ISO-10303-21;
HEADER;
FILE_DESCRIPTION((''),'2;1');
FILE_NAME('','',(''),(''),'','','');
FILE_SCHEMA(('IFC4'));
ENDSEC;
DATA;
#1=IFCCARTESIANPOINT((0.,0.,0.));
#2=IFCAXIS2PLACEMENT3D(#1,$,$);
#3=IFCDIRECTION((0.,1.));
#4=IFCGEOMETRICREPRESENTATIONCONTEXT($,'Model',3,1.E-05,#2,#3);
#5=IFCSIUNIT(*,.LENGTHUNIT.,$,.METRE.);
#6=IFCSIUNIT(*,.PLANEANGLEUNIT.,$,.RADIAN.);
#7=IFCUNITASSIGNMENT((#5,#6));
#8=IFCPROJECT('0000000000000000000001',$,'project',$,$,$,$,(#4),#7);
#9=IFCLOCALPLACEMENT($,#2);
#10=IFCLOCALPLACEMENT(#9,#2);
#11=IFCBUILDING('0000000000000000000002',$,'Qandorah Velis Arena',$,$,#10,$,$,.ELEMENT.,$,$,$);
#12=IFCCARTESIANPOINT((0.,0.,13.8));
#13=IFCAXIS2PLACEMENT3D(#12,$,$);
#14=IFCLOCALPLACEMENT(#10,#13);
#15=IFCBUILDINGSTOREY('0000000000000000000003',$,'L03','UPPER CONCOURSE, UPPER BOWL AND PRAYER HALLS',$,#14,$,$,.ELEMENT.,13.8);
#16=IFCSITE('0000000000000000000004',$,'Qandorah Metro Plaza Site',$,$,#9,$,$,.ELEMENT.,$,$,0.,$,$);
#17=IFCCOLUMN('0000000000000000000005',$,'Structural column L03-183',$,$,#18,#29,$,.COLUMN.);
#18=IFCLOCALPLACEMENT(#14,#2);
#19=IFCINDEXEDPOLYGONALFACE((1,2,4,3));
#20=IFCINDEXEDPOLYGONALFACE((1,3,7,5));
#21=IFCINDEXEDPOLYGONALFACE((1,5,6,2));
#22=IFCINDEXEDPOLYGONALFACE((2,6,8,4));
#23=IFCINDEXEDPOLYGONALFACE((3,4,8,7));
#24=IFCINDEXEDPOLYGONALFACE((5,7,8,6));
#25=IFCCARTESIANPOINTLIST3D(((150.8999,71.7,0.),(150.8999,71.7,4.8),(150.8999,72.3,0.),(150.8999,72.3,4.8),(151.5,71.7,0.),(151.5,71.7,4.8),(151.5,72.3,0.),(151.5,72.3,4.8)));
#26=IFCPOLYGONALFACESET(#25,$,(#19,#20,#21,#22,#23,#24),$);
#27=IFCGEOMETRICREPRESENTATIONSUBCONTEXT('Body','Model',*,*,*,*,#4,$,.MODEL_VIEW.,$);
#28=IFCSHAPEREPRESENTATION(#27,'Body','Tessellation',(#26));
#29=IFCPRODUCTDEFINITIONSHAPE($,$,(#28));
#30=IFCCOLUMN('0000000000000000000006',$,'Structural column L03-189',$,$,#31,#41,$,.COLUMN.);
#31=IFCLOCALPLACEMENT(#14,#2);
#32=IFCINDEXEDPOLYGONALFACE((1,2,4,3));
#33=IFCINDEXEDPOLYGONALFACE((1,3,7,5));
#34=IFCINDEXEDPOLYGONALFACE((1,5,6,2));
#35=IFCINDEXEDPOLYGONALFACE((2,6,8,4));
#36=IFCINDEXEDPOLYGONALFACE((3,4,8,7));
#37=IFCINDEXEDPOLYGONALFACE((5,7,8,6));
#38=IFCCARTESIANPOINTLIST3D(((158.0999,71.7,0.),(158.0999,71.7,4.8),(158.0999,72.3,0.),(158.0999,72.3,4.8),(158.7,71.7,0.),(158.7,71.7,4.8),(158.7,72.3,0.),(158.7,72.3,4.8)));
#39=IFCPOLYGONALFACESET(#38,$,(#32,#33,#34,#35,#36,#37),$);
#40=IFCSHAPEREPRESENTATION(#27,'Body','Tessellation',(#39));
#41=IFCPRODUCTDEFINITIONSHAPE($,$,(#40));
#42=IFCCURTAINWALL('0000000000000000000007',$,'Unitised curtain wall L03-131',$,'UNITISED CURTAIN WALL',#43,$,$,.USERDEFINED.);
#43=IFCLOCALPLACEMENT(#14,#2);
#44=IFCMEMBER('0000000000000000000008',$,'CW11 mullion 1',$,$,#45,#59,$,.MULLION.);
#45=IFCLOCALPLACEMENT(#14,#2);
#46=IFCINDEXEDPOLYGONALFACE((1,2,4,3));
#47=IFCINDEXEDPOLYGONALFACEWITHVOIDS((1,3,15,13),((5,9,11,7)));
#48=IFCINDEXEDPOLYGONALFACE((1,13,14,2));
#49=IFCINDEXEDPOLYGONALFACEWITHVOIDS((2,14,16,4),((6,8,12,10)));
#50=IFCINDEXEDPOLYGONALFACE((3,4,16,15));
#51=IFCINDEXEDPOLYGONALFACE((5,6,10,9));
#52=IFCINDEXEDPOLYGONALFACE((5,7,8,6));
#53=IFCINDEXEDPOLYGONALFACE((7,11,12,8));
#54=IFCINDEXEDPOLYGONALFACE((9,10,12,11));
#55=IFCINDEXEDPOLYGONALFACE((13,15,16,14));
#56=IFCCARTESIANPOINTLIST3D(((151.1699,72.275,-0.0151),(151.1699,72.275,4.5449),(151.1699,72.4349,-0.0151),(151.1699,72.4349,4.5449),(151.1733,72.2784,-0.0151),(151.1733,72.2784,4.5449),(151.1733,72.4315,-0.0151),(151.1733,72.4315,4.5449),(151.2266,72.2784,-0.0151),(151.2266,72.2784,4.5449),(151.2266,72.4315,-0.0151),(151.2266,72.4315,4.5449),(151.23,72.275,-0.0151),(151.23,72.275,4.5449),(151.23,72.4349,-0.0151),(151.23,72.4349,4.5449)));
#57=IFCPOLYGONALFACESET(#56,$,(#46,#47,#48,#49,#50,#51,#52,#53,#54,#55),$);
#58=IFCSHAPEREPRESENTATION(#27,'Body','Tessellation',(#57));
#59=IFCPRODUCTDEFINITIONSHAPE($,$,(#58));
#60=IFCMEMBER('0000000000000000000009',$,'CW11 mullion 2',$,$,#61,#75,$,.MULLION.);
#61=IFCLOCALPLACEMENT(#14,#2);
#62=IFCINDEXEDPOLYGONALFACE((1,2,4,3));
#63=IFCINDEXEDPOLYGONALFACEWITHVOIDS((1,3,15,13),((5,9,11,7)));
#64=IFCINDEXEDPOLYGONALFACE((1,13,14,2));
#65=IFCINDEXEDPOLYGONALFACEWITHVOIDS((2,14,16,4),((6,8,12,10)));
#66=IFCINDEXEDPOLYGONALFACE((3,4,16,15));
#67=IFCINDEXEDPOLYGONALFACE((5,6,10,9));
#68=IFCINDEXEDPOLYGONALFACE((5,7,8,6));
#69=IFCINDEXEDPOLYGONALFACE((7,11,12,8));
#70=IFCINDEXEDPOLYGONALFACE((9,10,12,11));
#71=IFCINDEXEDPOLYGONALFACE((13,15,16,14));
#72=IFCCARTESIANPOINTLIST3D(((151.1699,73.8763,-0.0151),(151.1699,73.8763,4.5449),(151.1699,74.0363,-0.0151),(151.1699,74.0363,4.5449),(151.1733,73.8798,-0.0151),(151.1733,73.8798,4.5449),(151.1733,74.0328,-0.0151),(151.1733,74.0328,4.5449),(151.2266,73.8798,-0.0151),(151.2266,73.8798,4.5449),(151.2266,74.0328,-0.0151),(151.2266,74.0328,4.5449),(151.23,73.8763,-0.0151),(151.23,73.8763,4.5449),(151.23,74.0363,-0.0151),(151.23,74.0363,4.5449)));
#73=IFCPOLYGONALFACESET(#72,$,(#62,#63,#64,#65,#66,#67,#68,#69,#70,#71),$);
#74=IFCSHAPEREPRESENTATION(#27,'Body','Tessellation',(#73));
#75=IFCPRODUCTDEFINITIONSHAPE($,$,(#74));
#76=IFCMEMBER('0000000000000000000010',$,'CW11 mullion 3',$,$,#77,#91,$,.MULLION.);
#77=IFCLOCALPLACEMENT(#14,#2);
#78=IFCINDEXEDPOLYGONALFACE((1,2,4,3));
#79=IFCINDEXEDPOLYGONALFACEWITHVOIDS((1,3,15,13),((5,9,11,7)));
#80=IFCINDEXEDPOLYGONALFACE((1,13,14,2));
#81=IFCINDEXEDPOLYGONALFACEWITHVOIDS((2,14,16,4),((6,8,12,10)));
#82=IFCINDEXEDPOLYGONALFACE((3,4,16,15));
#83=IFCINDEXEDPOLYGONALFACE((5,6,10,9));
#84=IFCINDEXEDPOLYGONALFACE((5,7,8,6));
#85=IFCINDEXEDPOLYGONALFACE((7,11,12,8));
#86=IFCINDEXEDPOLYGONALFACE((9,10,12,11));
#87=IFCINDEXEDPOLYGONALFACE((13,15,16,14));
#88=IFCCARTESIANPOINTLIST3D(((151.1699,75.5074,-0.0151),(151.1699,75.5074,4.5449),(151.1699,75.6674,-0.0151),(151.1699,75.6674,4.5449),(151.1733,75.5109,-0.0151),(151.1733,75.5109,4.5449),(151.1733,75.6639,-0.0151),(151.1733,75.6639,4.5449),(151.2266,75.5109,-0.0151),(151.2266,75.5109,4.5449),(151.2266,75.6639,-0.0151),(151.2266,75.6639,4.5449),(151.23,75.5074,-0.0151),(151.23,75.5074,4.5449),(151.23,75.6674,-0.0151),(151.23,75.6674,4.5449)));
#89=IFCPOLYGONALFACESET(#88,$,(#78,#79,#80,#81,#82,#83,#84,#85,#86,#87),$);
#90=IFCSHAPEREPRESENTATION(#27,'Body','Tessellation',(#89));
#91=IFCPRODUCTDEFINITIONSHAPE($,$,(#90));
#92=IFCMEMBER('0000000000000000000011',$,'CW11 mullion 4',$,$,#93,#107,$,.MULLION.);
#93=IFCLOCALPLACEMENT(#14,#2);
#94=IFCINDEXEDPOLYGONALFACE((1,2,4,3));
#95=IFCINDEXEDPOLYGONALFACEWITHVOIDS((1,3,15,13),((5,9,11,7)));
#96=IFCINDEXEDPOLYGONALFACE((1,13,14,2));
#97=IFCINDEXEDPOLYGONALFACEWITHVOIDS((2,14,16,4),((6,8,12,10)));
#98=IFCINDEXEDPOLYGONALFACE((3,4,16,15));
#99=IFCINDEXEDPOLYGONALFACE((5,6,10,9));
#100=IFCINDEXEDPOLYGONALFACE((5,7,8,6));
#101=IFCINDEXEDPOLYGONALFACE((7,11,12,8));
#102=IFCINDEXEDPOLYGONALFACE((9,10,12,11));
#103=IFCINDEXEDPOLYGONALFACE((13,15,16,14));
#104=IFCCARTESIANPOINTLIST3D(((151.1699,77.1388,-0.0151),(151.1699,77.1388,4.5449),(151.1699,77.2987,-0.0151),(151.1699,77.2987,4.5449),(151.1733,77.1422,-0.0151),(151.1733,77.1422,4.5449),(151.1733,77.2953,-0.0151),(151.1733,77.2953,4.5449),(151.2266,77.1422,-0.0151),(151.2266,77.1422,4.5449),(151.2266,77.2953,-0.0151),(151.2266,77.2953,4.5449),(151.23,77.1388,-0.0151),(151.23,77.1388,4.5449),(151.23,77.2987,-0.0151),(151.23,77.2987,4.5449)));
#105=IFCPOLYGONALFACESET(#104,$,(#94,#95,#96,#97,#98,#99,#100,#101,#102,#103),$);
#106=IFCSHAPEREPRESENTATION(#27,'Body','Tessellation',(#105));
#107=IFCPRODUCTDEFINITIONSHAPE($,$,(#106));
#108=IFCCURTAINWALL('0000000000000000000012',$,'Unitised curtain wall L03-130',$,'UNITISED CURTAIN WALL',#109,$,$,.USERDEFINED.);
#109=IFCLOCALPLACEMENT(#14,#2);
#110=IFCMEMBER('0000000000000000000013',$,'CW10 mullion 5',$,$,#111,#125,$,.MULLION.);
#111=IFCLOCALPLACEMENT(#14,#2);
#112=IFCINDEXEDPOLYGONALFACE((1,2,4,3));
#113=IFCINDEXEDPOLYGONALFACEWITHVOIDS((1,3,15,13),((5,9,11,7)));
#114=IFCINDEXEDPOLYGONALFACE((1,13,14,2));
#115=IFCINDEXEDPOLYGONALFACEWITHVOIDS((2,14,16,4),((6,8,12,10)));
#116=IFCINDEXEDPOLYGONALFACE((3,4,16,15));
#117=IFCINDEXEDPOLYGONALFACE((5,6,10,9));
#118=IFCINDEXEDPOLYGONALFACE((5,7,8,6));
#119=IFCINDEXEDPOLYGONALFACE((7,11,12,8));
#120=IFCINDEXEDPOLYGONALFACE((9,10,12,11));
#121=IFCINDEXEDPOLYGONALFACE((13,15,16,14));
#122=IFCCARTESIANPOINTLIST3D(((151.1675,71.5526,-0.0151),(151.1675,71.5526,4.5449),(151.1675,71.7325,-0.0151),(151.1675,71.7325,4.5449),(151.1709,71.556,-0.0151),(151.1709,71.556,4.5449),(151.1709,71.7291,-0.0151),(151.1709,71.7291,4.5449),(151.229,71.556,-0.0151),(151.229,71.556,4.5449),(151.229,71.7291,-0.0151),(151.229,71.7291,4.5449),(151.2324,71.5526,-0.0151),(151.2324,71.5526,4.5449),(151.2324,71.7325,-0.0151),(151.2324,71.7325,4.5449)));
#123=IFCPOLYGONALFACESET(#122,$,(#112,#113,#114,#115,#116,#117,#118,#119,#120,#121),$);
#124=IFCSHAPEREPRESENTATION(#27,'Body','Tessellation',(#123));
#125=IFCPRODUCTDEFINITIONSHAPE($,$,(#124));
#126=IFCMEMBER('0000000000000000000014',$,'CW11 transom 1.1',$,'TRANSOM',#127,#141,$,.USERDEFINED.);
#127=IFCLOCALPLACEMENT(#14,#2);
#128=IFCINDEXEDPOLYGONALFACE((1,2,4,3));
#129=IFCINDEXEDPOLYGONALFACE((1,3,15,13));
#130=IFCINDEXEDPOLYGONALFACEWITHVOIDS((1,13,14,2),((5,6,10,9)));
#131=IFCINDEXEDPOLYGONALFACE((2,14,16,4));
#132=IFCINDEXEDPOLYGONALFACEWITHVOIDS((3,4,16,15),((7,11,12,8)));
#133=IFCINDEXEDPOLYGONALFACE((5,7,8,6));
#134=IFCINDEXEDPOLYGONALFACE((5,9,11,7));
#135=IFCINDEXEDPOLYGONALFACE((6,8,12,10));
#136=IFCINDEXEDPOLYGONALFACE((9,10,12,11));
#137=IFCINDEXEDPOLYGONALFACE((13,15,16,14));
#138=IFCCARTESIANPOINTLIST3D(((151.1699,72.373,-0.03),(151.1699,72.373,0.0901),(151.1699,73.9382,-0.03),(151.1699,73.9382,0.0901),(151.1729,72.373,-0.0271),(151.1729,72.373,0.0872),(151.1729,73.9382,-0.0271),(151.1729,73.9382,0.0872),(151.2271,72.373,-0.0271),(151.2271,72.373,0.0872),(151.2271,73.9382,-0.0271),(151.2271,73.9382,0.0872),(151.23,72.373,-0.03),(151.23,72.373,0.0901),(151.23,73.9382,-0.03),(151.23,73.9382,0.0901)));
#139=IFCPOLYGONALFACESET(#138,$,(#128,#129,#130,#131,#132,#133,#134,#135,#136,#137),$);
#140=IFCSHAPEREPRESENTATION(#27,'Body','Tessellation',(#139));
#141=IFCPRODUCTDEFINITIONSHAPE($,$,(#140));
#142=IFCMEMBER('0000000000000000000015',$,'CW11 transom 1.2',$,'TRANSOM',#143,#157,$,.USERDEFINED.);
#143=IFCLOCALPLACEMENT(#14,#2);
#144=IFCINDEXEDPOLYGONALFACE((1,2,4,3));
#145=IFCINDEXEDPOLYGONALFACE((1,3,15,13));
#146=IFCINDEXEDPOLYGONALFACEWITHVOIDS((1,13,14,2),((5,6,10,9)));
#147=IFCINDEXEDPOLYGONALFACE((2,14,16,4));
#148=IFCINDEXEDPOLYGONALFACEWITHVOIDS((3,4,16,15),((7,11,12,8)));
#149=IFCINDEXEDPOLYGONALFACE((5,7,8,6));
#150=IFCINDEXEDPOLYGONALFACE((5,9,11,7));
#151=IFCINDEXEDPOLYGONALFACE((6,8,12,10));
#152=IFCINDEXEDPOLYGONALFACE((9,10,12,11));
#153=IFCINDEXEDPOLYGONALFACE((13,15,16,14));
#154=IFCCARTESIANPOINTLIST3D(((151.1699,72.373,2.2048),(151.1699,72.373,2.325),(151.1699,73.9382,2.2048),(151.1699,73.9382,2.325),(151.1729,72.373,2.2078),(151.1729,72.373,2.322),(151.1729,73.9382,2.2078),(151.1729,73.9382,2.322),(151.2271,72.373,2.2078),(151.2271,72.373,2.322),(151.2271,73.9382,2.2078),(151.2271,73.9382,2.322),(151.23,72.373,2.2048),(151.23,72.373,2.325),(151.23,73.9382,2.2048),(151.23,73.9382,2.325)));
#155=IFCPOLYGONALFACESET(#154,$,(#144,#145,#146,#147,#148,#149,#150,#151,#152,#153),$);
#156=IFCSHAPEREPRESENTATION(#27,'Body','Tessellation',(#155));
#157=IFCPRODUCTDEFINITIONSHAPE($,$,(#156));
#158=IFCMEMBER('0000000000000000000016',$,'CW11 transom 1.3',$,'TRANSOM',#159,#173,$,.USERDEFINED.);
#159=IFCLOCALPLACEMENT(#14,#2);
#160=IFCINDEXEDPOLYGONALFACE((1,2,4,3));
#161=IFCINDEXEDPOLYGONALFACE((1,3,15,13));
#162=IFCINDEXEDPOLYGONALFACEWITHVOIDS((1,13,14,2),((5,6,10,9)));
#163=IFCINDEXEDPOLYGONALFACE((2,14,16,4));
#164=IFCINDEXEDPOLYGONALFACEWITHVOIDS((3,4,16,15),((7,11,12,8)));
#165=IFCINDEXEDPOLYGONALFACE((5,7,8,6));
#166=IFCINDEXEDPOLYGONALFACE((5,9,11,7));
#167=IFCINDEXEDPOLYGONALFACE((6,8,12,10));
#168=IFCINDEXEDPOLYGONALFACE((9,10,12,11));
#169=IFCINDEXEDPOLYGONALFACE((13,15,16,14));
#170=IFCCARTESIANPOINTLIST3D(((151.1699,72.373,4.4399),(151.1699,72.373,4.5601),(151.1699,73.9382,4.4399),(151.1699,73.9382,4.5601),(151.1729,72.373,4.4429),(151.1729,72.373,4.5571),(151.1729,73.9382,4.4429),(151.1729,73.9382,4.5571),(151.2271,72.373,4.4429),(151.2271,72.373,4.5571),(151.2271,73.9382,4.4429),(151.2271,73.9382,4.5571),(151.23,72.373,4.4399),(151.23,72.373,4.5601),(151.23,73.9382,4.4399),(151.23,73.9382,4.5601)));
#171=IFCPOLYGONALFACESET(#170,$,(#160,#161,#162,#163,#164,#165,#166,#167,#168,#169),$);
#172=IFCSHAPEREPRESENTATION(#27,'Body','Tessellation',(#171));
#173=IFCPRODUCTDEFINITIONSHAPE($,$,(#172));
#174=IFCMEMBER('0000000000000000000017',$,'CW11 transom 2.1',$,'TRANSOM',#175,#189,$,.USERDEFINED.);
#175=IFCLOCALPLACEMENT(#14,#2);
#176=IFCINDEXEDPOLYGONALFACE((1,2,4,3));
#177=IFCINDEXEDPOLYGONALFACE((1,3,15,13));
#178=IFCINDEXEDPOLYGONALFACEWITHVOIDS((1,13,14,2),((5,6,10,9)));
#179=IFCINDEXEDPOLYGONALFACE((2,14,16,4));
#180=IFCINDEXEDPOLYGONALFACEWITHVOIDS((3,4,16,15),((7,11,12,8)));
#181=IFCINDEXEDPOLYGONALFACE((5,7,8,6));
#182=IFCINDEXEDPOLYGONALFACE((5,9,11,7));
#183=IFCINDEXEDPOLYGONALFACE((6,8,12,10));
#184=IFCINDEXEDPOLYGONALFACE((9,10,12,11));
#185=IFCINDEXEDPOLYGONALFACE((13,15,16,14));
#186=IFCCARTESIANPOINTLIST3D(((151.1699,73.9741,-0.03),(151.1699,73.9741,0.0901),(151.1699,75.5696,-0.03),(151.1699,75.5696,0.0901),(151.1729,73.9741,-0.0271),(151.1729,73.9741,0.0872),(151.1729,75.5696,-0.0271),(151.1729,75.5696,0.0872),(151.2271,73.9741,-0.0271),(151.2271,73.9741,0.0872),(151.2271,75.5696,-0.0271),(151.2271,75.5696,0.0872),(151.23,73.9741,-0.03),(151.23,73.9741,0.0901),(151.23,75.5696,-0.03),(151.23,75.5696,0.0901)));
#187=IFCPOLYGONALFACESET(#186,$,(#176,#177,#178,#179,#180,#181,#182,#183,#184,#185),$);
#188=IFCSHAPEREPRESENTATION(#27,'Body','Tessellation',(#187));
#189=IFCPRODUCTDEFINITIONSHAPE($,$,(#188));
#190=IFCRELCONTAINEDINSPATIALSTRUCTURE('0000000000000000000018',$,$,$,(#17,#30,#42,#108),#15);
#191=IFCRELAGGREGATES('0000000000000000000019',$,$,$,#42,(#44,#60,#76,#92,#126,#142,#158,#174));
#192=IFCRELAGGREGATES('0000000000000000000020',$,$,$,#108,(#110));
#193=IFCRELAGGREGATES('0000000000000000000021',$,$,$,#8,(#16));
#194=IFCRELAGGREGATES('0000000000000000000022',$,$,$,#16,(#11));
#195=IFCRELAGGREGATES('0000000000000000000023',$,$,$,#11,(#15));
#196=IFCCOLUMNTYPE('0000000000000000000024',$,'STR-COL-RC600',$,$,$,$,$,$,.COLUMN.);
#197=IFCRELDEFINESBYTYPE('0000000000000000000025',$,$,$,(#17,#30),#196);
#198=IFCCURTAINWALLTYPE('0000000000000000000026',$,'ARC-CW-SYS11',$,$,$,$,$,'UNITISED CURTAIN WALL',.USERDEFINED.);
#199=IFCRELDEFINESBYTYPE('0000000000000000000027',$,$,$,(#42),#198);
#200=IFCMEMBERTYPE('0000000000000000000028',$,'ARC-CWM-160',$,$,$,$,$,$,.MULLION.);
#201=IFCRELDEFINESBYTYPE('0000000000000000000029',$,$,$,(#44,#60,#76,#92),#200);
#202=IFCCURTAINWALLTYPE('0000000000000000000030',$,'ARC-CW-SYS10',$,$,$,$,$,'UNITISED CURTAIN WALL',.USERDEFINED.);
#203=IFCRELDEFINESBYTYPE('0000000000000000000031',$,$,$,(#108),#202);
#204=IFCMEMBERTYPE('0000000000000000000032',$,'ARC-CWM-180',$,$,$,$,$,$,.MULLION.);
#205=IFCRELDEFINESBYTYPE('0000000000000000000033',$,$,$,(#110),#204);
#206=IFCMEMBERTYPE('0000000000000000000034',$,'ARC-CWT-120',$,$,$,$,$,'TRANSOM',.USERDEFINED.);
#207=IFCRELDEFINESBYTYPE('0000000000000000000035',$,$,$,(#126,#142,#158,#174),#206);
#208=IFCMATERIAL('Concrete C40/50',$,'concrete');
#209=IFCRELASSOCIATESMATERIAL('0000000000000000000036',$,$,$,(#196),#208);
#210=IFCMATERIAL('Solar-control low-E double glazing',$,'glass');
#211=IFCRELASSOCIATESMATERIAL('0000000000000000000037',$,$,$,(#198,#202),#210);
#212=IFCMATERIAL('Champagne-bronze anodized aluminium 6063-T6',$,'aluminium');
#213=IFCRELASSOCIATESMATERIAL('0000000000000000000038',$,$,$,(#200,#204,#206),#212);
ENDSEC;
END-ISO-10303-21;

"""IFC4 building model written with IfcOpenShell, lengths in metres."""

from ifc_helpers import new_model, si_unit, direction, frame, origin, origin_2d, place, context, subcontext, project, spatial, rectangle, hollow_rectangle, extrude, material, material_profile, profile_set, type_object, element, aggregate, save


model = new_model("IFC4")

# Units and contexts
model_context = context("Model", 3, precision=1e-05, world=origin(), true_north=direction((0.0, 1.0)))
body_context = subcontext(model_context, "Body", "Model", "MODEL_VIEW")
ifc_project = project(units=[si_unit("LENGTHUNIT", "METRE"), si_unit("PLANEANGLEUNIT", "RADIAN")], contexts=[model_context])

# Site, building, storey
site_placement = place(None, origin())
site = spatial("IfcSite", under=ifc_project, at=site_placement, Name="Qandorah Metro Plaza Site", CompositionType="ELEMENT", RefElevation=0.0)
building_placement = place(site_placement, origin())
building = spatial("IfcBuilding", under=site, at=building_placement, Name="Qandorah Velis Arena", CompositionType="ELEMENT")
storey_placement = place(building_placement, frame((0.0, 0.0, 13.8)))
storey = spatial("IfcBuildingStorey", under=building, at=storey_placement, Name="L03", Description="UPPER CONCOURSE, UPPER BOWL AND PRAYER HALLS", CompositionType="ELEMENT", Elevation=13.8)

# Columns
ifc_material_1 = material(Name="Concrete C40/50", Category="concrete")
ifc_material_profile_1 = material_profile(ifc_material_1, rectangle(XDim=0.6001, YDim=0.6001, at=origin_2d()), Name="RC COL 600x600")
ifc_profile_set_1 = profile_set([ifc_material_profile_1], Name="Concrete C40/50")
column_type = type_object("IfcColumnType", Name="STR-COL-RC600", PredefinedType="COLUMN", material=ifc_profile_set_1)
for number, where, z_axis, x_axis, name in (
    (1, (151.2, 72.0, 0.0), (0.0, 0.0, 1.0), (1.0, 0.0, 0.0), "Structural column L03-183"),
    (2, (158.3999, 72.0, 0.0), (0.0, 0.0, 1.0), (1.0, 0.0, 0.0), "Structural column L03-189"),
):
    element("IfcColumn", number, at=place(storey_placement, frame(where, z_axis=z_axis, x_axis=x_axis)), inside=storey, type_object=column_type, Name=name, PredefinedType="COLUMN", context=body_context, shape_type="SweptSolid", body=[
        extrude(rectangle(XDim=0.6001, YDim=0.6001, at=origin_2d()), origin(), (0.0, 0.0, 1.0), 4.8),
    ])

# Curtain wall, members
ifc_material_2 = material(Name="Solar-control low-E double glazing", Category="glass")
curtain_wall_type_1 = type_object("IfcCurtainWallType", Name="ARC-CW-SYS11", ElementType="UNITISED CURTAIN WALL", PredefinedType="USERDEFINED", material=ifc_material_2)
curtain_wall_1_placement = place(storey_placement, origin())
curtain_wall_1 = element("IfcCurtainWall", 3, at=curtain_wall_1_placement, inside=storey, type_object=curtain_wall_type_1, Name="Unitised curtain wall L03-131", ObjectType="UNITISED CURTAIN WALL", PredefinedType="USERDEFINED")
ifc_material_3 = material(Name="Champagne-bronze anodized aluminium 6063-T6", Category="aluminium")
ifc_material_profile_2 = material_profile(ifc_material_3, hollow_rectangle(XDim=0.0601, YDim=0.1599, WallThickness=0.0034, at=origin_2d()), Name="ALU MULLION 60x160")
ifc_profile_set_2 = profile_set([ifc_material_profile_2], Name="Champagne-bronze anodized aluminium 6063-T6")
member_type_1 = type_object("IfcMemberType", Name="ARC-CWM-160", PredefinedType="MULLION", material=ifc_profile_set_2)
member_1_placement = place(storey_placement, frame((151.2, 72.355, -0.0151), z_axis=(0.0, 0.0, 1.0), x_axis=(-1.0, 0.0, 0.0)))
member_1 = element("IfcMember", 4, at=member_1_placement, type_object=member_type_1, Name="CW11 mullion 1", PredefinedType="MULLION", context=body_context, shape_type="SweptSolid", body=[
    extrude(hollow_rectangle(XDim=0.0601, YDim=0.1599, WallThickness=0.0034, at=origin_2d()), origin(), (0.0, 0.0, 1.0), 4.5601),
])
member_2_placement = place(storey_placement, frame((151.2, 73.9563, -0.0151), z_axis=(0.0, 0.0, 1.0), x_axis=(-1.0, 0.0, 0.0)))
member_2 = element("IfcMember", 5, at=member_2_placement, type_object=member_type_1, Name="CW11 mullion 2", PredefinedType="MULLION", context=body_context, shape_type="SweptSolid", body=[
    extrude(hollow_rectangle(XDim=0.0601, YDim=0.1599, WallThickness=0.0034, at=origin_2d()), origin(), (0.0, 0.0, 1.0), 4.5601),
])
member_3_placement = place(storey_placement, frame((151.2, 75.5874, -0.0151), z_axis=(0.0, 0.0, 1.0), x_axis=(-1.0, 0.0, 0.0)))
member_3 = element("IfcMember", 6, at=member_3_placement, type_object=member_type_1, Name="CW11 mullion 3", PredefinedType="MULLION", context=body_context, shape_type="SweptSolid", body=[
    extrude(hollow_rectangle(XDim=0.0601, YDim=0.1599, WallThickness=0.0034, at=origin_2d()), origin(), (0.0, 0.0, 1.0), 4.5601),
])
member_4_placement = place(storey_placement, frame((151.2, 77.2188, -0.0151), z_axis=(0.0, 0.0, 1.0), x_axis=(-1.0, 0.0, 0.0)))
member_4 = element("IfcMember", 7, at=member_4_placement, type_object=member_type_1, Name="CW11 mullion 4", PredefinedType="MULLION", context=body_context, shape_type="SweptSolid", body=[
    extrude(hollow_rectangle(XDim=0.0601, YDim=0.1599, WallThickness=0.0034, at=origin_2d()), origin(), (0.0, 0.0, 1.0), 4.5601),
])

# Curtain wall, member
curtain_wall_type_2 = type_object("IfcCurtainWallType", Name="ARC-CW-SYS10", ElementType="UNITISED CURTAIN WALL", PredefinedType="USERDEFINED", material=ifc_material_2)
curtain_wall_2_placement = place(storey_placement, origin())
curtain_wall_2 = element("IfcCurtainWall", 8, at=curtain_wall_2_placement, inside=storey, type_object=curtain_wall_type_2, Name="Unitised curtain wall L03-130", ObjectType="UNITISED CURTAIN WALL", PredefinedType="USERDEFINED")
ifc_material_profile_3 = material_profile(ifc_material_3, hollow_rectangle(XDim=0.0649, YDim=0.1799, WallThickness=0.0034, at=origin_2d()), Name="ALU MULLION 65x180")
ifc_profile_set_3 = profile_set([ifc_material_profile_3], Name="Champagne-bronze anodized aluminium 6063-T6")
member_type_2 = type_object("IfcMemberType", Name="ARC-CWM-180", PredefinedType="MULLION", material=ifc_profile_set_3)
member_5_placement = place(storey_placement, frame((151.2, 71.6426, -0.0151), z_axis=(0.0, 0.0, 1.0), x_axis=(-1.0, 0.0, 0.0)))
member_5 = element("IfcMember", 9, at=member_5_placement, type_object=member_type_2, Name="CW10 mullion 5", PredefinedType="MULLION", context=body_context, shape_type="SweptSolid", body=[
    extrude(hollow_rectangle(XDim=0.0649, YDim=0.1799, WallThickness=0.0034, at=origin_2d()), origin(), (0.0, 0.0, 1.0), 4.5601),
])

# Members
ifc_material_profile_4 = material_profile(ifc_material_3, hollow_rectangle(XDim=0.0601, YDim=0.1201, WallThickness=0.0029, at=origin_2d()), Name="ALU TRANSOM 60x120")
ifc_profile_set_4 = profile_set([ifc_material_profile_4], Name="Champagne-bronze anodized aluminium 6063-T6")
member_type_3 = type_object("IfcMemberType", Name="ARC-CWT-120", ElementType="TRANSOM", PredefinedType="USERDEFINED", material=ifc_profile_set_4)
member_6_placement = place(storey_placement, frame((151.2, 72.373, 0.03), z_axis=(0.0, 1.0, 0.0), x_axis=(-1.0, 0.0, 0.0)))
member_6 = element("IfcMember", 10, at=member_6_placement, type_object=member_type_3, Name="CW11 transom 1.1", ObjectType="TRANSOM", PredefinedType="USERDEFINED", context=body_context, shape_type="SweptSolid", body=[
    extrude(hollow_rectangle(XDim=0.0601, YDim=0.1201, WallThickness=0.0029, at=origin_2d()), origin(), (0.0, 0.0, 1.0), 1.5652),
])
member_7_placement = place(storey_placement, frame((151.2, 72.373, 2.2649), z_axis=(0.0, 1.0, 0.0), x_axis=(-1.0, 0.0, 0.0)))
member_7 = element("IfcMember", 11, at=member_7_placement, type_object=member_type_3, Name="CW11 transom 1.2", ObjectType="TRANSOM", PredefinedType="USERDEFINED", context=body_context, shape_type="SweptSolid", body=[
    extrude(hollow_rectangle(XDim=0.0601, YDim=0.1201, WallThickness=0.0029, at=origin_2d()), origin(), (0.0, 0.0, 1.0), 1.5652),
])
member_8_placement = place(storey_placement, frame((151.2, 72.373, 4.5), z_axis=(0.0, 1.0, 0.0), x_axis=(-1.0, 0.0, 0.0)))
member_8 = element("IfcMember", 12, at=member_8_placement, type_object=member_type_3, Name="CW11 transom 1.3", ObjectType="TRANSOM", PredefinedType="USERDEFINED", context=body_context, shape_type="SweptSolid", body=[
    extrude(hollow_rectangle(XDim=0.0601, YDim=0.1201, WallThickness=0.0029, at=origin_2d()), origin(), (0.0, 0.0, 1.0), 1.5652),
])
member_9_placement = place(storey_placement, frame((151.2, 73.9741, 0.03), z_axis=(0.0, 1.0, 0.0), x_axis=(-1.0, 0.0, 0.0)))
member_9 = element("IfcMember", 13, at=member_9_placement, type_object=member_type_3, Name="CW11 transom 2.1", ObjectType="TRANSOM", PredefinedType="USERDEFINED", context=body_context, shape_type="SweptSolid", body=[
    extrude(hollow_rectangle(XDim=0.0601, YDim=0.1201, WallThickness=0.0029, at=origin_2d()), origin(), (0.0, 0.0, 1.0), 1.5955),
])

aggregate(curtain_wall_1, [member_1, member_2, member_3, member_4, member_6, member_7, member_8, member_9])
aggregate(curtain_wall_2, [member_5])

save(model, "model.ifc")
